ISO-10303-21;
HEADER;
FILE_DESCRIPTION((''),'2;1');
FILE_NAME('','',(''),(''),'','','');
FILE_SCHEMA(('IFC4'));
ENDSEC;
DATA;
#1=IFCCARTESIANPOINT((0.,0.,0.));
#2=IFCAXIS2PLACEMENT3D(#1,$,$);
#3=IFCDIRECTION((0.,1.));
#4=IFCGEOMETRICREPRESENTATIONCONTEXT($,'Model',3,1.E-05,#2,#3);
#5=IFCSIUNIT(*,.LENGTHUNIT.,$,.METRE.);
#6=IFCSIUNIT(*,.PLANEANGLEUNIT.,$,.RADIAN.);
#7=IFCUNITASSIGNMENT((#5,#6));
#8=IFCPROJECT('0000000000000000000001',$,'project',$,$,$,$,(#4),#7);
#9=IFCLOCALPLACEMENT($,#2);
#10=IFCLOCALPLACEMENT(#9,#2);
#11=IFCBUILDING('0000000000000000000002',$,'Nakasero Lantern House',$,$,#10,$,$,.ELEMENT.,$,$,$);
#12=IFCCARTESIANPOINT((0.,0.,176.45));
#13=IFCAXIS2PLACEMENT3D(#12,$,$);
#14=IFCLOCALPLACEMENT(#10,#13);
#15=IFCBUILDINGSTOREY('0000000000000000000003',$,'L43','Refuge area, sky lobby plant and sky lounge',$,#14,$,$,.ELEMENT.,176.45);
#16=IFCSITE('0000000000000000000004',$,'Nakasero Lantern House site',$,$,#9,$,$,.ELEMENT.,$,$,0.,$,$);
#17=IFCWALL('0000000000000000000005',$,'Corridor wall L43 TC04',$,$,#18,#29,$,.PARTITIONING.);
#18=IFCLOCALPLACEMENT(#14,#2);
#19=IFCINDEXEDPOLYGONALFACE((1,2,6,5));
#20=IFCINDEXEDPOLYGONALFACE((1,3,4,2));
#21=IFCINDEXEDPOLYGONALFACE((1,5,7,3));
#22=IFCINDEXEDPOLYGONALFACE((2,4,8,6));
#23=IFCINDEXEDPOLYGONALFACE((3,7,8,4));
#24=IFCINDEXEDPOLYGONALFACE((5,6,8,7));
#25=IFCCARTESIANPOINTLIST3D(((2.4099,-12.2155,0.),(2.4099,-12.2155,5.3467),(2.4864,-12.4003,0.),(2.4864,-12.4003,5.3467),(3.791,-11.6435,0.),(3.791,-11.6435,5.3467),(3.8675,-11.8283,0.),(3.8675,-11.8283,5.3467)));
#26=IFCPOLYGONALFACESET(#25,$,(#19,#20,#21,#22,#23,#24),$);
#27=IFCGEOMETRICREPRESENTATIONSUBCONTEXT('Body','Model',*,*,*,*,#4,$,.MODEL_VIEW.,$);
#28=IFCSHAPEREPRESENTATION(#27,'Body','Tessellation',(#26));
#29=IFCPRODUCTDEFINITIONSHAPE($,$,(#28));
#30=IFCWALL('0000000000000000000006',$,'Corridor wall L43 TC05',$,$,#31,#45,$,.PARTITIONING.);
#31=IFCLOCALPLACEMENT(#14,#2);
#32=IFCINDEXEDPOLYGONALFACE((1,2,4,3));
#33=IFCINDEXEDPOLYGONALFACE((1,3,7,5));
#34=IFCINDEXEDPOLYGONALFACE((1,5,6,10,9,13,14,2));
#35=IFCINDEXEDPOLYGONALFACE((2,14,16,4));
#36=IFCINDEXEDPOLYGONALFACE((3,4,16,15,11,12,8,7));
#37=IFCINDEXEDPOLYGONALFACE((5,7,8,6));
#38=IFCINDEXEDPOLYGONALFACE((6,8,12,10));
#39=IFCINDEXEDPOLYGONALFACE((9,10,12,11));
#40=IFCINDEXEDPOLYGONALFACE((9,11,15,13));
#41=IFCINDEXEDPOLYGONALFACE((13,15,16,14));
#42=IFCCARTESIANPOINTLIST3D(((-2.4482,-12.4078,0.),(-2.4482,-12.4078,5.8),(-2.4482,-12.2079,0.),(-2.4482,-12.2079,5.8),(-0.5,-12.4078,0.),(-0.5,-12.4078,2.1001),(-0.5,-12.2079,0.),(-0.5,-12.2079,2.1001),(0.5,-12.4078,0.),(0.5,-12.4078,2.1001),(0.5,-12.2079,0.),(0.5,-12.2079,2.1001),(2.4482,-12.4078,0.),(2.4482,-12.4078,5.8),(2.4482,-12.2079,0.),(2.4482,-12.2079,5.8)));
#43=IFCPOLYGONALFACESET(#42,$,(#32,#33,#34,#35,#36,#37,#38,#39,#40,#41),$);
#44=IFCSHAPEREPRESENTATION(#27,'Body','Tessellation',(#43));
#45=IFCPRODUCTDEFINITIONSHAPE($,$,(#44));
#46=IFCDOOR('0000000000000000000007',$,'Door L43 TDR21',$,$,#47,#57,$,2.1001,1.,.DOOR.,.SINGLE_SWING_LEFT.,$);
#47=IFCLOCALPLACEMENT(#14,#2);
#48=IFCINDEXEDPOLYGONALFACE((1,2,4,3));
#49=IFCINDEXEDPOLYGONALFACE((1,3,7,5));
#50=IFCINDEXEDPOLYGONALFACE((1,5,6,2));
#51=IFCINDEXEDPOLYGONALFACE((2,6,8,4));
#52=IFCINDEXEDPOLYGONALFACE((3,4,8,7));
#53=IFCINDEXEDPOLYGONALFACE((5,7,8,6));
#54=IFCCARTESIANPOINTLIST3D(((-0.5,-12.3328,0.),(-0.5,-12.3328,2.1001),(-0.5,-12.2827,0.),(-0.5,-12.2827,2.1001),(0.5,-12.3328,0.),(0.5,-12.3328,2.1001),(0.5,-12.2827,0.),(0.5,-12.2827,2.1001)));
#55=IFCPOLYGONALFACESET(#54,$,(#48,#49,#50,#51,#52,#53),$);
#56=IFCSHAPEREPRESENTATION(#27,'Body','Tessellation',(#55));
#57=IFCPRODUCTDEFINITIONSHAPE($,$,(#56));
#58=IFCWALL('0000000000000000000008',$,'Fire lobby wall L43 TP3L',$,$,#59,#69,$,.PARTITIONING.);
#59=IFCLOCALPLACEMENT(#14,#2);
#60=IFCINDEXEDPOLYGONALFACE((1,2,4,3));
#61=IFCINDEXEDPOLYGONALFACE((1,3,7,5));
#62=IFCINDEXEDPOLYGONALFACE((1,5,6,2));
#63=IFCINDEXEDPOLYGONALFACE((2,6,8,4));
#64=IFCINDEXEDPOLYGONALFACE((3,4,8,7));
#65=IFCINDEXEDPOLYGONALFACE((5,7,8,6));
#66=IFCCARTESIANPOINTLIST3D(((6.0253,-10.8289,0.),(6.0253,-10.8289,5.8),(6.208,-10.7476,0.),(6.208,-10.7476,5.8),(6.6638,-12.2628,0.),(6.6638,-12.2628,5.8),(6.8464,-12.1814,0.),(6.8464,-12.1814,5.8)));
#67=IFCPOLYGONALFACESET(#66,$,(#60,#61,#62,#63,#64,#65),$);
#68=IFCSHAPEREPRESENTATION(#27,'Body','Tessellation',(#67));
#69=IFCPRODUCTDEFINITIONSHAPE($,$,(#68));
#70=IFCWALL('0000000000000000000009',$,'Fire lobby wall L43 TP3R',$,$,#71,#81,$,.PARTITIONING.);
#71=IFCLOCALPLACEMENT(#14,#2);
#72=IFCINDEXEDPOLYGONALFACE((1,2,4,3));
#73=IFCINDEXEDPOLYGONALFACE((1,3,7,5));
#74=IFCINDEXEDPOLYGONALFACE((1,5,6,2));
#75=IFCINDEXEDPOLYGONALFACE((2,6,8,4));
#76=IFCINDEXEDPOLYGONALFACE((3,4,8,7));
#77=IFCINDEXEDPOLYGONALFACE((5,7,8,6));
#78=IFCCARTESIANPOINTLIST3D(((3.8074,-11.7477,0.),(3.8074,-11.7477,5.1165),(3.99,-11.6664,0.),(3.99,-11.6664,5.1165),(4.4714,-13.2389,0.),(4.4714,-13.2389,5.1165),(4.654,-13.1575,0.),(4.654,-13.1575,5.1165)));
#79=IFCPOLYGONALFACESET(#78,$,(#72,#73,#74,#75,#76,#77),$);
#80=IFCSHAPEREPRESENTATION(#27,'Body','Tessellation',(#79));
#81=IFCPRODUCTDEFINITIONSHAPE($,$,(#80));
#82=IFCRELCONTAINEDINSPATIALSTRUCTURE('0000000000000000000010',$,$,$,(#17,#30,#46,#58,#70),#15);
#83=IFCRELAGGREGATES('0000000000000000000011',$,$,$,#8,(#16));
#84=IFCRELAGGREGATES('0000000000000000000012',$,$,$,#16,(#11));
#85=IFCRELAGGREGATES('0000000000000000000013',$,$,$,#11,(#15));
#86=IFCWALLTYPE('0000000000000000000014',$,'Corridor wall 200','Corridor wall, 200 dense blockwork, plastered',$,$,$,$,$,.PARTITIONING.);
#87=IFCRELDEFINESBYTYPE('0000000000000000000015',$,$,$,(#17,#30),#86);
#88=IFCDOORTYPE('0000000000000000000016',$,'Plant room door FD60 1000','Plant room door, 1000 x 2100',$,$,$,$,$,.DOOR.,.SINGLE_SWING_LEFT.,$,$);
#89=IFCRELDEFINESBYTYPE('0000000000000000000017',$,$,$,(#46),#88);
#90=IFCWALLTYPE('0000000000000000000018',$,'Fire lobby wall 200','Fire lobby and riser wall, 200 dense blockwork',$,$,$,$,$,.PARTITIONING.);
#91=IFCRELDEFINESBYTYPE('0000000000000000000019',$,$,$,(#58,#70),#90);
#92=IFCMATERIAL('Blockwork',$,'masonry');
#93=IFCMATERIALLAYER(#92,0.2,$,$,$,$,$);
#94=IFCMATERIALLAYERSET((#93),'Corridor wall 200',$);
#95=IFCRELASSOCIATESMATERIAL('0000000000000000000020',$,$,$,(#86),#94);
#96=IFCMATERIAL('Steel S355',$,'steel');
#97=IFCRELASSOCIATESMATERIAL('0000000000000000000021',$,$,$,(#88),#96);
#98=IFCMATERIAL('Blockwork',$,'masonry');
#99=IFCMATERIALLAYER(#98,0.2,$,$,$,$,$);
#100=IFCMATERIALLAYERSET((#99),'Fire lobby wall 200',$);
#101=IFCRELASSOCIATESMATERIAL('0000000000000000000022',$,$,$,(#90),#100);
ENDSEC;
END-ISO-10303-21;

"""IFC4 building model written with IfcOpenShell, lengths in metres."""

from ifc_helpers import new_model, si_unit, direction, frame, frame_2d, origin, place, context, subcontext, project, spatial, rectangle, extrude, material, layer, layer_set, type_object, element, fill, save


model = new_model("IFC4")

# Units and contexts
model_context = context("Model", 3, precision=1e-05, world=origin(), true_north=direction((0.0, 1.0)))
body_context = subcontext(model_context, "Body", "Model", "MODEL_VIEW")
ifc_project = project(units=[si_unit("LENGTHUNIT", "METRE"), si_unit("PLANEANGLEUNIT", "RADIAN")], contexts=[model_context])

# Site, building, storey
site_placement = place(None, origin())
site = spatial("IfcSite", under=ifc_project, at=site_placement, Name="Nakasero Lantern House site", CompositionType="ELEMENT", RefElevation=0.0)
building_placement = place(site_placement, origin())
building = spatial("IfcBuilding", under=site, at=building_placement, Name="Nakasero Lantern House", CompositionType="ELEMENT")
storey_placement = place(building_placement, frame((0.0, 0.0, 176.45)))
storey = spatial("IfcBuildingStorey", under=building, at=storey_placement, Name="L43", Description="Refuge area, sky lobby plant and sky lounge", CompositionType="ELEMENT", Elevation=176.45)

# Wall
ifc_material_1 = material(Name="Blockwork", Category="masonry")
ifc_layer_1 = layer(ifc_material_1, 0.2)
ifc_layer_set_1 = layer_set([ifc_layer_1], Name="Corridor wall 200")
wall_type_1 = type_object("IfcWallType", Name="Corridor wall 200", Description="Corridor wall, 200 dense blockwork, plastered", PredefinedType="PARTITIONING", material=ifc_layer_set_1)
wall_1_placement = place(storey_placement, frame((3.8293, -11.7358, 0.0), z_axis=(0.0, 0.0, 1.0), x_axis=(-0.923891, -0.382655, 0.0)))
element("IfcWall", 1, at=wall_1_placement, inside=storey, type_object=wall_type_1, Name="Corridor wall L43 TC04", PredefinedType="PARTITIONING", context=body_context, shape_type="SweptSolid", body=[
    extrude(rectangle(XDim=1.4949, YDim=0.2, at=frame_2d((0.7476, 0.0))), origin(), (0.0, 0.0, 1.0), 5.3467),
])

# Wall, opening, door
wall_2_placement = place(storey_placement, frame((2.4482, -12.3079, 0.0), z_axis=(0.0, 0.0, 1.0), x_axis=(-1.0, 0.0, 0.0)))
wall_2 = element("IfcWall", 2, at=wall_2_placement, inside=storey, type_object=wall_type_1, Name="Corridor wall L43 TC05", PredefinedType="PARTITIONING", context=body_context, shape_type="SweptSolid", body=[
    extrude(rectangle(XDim=4.8965, YDim=0.2, at=frame_2d((2.4482, 0.0))), origin(), (0.0, 0.0, 1.0), 5.8),
])
opening_placement = place(wall_2_placement, frame((1.9482, 0.0, 0.0)))
opening = element("IfcOpeningElement", 3, at=opening_placement, cuts=wall_2, PredefinedType="OPENING", context=body_context, shape_type="SweptSolid", body=[
    extrude(rectangle(XDim=1.0, YDim=2.1001, at=frame_2d((0.5, 1.05))), frame((0.0, 0.1199, 0.0), z_axis=(0.0, -1.0, 0.0), x_axis=(1.0, 0.0, 0.0)), (0.0, 0.0, 1.0), 0.24),
])
ifc_material_2 = material(Name="Steel S355", Category="steel")
door_type = type_object("IfcDoorType", Name="Plant room door FD60 1000", Description="Plant room door, 1000 x 2100", OperationType="SINGLE_SWING_LEFT", PredefinedType="DOOR", material=ifc_material_2)
door_placement = place(opening_placement, origin())
door = element("IfcDoor", 4, at=door_placement, inside=storey, type_object=door_type, Name="Door L43 TDR21", OperationType="SINGLE_SWING_LEFT", OverallHeight=2.1001, OverallWidth=1.0, PredefinedType="DOOR", context=body_context, shape_type="SweptSolid", body=[
    extrude(rectangle(XDim=1.0, YDim=2.1001, at=frame_2d((0.5, 1.05))), frame((0.0, 0.0249, 0.0), z_axis=(0.0, -1.0, 0.0), x_axis=(1.0, 0.0, 0.0)), (0.0, 0.0, 1.0), 0.05),
])
fill(opening, door)

# Walls
ifc_material_3 = material(Name="Blockwork", Category="masonry")
ifc_layer_2 = layer(ifc_material_3, 0.2)
ifc_layer_set_2 = layer_set([ifc_layer_2], Name="Fire lobby wall 200")
wall_type_2 = type_object("IfcWallType", Name="Fire lobby wall 200", Description="Fire lobby and riser wall, 200 dense blockwork", PredefinedType="PARTITIONING", material=ifc_layer_set_2)
wall_3_placement = place(storey_placement, frame((6.1167, -10.7883, 0.0), z_axis=(0.0, 0.0, 1.0), x_axis=(0.406759, -0.913536, 0.0)))
element("IfcWall", 5, at=wall_3_placement, inside=storey, type_object=wall_type_2, Name="Fire lobby wall L43 TP3L", PredefinedType="PARTITIONING", context=body_context, shape_type="SweptSolid", body=[
    extrude(rectangle(XDim=1.5696, YDim=0.2, at=frame_2d((0.7847, 0.0))), origin(), (0.0, 0.0, 1.0), 5.8),
])
wall_4_placement = place(storey_placement, frame((3.8987, -11.707, 0.0), z_axis=(0.0, 0.0, 1.0), x_axis=(0.406804, -0.913515, 0.0)))
element("IfcWall", 6, at=wall_4_placement, inside=storey, type_object=wall_type_2, Name="Fire lobby wall L43 TP3R", PredefinedType="PARTITIONING", context=body_context, shape_type="SweptSolid", body=[
    extrude(rectangle(XDim=1.6323, YDim=0.2, at=frame_2d((0.8162, 0.0))), origin(), (0.0, 0.0, 1.0), 5.1165),
])

save(model, "model.ifc")
